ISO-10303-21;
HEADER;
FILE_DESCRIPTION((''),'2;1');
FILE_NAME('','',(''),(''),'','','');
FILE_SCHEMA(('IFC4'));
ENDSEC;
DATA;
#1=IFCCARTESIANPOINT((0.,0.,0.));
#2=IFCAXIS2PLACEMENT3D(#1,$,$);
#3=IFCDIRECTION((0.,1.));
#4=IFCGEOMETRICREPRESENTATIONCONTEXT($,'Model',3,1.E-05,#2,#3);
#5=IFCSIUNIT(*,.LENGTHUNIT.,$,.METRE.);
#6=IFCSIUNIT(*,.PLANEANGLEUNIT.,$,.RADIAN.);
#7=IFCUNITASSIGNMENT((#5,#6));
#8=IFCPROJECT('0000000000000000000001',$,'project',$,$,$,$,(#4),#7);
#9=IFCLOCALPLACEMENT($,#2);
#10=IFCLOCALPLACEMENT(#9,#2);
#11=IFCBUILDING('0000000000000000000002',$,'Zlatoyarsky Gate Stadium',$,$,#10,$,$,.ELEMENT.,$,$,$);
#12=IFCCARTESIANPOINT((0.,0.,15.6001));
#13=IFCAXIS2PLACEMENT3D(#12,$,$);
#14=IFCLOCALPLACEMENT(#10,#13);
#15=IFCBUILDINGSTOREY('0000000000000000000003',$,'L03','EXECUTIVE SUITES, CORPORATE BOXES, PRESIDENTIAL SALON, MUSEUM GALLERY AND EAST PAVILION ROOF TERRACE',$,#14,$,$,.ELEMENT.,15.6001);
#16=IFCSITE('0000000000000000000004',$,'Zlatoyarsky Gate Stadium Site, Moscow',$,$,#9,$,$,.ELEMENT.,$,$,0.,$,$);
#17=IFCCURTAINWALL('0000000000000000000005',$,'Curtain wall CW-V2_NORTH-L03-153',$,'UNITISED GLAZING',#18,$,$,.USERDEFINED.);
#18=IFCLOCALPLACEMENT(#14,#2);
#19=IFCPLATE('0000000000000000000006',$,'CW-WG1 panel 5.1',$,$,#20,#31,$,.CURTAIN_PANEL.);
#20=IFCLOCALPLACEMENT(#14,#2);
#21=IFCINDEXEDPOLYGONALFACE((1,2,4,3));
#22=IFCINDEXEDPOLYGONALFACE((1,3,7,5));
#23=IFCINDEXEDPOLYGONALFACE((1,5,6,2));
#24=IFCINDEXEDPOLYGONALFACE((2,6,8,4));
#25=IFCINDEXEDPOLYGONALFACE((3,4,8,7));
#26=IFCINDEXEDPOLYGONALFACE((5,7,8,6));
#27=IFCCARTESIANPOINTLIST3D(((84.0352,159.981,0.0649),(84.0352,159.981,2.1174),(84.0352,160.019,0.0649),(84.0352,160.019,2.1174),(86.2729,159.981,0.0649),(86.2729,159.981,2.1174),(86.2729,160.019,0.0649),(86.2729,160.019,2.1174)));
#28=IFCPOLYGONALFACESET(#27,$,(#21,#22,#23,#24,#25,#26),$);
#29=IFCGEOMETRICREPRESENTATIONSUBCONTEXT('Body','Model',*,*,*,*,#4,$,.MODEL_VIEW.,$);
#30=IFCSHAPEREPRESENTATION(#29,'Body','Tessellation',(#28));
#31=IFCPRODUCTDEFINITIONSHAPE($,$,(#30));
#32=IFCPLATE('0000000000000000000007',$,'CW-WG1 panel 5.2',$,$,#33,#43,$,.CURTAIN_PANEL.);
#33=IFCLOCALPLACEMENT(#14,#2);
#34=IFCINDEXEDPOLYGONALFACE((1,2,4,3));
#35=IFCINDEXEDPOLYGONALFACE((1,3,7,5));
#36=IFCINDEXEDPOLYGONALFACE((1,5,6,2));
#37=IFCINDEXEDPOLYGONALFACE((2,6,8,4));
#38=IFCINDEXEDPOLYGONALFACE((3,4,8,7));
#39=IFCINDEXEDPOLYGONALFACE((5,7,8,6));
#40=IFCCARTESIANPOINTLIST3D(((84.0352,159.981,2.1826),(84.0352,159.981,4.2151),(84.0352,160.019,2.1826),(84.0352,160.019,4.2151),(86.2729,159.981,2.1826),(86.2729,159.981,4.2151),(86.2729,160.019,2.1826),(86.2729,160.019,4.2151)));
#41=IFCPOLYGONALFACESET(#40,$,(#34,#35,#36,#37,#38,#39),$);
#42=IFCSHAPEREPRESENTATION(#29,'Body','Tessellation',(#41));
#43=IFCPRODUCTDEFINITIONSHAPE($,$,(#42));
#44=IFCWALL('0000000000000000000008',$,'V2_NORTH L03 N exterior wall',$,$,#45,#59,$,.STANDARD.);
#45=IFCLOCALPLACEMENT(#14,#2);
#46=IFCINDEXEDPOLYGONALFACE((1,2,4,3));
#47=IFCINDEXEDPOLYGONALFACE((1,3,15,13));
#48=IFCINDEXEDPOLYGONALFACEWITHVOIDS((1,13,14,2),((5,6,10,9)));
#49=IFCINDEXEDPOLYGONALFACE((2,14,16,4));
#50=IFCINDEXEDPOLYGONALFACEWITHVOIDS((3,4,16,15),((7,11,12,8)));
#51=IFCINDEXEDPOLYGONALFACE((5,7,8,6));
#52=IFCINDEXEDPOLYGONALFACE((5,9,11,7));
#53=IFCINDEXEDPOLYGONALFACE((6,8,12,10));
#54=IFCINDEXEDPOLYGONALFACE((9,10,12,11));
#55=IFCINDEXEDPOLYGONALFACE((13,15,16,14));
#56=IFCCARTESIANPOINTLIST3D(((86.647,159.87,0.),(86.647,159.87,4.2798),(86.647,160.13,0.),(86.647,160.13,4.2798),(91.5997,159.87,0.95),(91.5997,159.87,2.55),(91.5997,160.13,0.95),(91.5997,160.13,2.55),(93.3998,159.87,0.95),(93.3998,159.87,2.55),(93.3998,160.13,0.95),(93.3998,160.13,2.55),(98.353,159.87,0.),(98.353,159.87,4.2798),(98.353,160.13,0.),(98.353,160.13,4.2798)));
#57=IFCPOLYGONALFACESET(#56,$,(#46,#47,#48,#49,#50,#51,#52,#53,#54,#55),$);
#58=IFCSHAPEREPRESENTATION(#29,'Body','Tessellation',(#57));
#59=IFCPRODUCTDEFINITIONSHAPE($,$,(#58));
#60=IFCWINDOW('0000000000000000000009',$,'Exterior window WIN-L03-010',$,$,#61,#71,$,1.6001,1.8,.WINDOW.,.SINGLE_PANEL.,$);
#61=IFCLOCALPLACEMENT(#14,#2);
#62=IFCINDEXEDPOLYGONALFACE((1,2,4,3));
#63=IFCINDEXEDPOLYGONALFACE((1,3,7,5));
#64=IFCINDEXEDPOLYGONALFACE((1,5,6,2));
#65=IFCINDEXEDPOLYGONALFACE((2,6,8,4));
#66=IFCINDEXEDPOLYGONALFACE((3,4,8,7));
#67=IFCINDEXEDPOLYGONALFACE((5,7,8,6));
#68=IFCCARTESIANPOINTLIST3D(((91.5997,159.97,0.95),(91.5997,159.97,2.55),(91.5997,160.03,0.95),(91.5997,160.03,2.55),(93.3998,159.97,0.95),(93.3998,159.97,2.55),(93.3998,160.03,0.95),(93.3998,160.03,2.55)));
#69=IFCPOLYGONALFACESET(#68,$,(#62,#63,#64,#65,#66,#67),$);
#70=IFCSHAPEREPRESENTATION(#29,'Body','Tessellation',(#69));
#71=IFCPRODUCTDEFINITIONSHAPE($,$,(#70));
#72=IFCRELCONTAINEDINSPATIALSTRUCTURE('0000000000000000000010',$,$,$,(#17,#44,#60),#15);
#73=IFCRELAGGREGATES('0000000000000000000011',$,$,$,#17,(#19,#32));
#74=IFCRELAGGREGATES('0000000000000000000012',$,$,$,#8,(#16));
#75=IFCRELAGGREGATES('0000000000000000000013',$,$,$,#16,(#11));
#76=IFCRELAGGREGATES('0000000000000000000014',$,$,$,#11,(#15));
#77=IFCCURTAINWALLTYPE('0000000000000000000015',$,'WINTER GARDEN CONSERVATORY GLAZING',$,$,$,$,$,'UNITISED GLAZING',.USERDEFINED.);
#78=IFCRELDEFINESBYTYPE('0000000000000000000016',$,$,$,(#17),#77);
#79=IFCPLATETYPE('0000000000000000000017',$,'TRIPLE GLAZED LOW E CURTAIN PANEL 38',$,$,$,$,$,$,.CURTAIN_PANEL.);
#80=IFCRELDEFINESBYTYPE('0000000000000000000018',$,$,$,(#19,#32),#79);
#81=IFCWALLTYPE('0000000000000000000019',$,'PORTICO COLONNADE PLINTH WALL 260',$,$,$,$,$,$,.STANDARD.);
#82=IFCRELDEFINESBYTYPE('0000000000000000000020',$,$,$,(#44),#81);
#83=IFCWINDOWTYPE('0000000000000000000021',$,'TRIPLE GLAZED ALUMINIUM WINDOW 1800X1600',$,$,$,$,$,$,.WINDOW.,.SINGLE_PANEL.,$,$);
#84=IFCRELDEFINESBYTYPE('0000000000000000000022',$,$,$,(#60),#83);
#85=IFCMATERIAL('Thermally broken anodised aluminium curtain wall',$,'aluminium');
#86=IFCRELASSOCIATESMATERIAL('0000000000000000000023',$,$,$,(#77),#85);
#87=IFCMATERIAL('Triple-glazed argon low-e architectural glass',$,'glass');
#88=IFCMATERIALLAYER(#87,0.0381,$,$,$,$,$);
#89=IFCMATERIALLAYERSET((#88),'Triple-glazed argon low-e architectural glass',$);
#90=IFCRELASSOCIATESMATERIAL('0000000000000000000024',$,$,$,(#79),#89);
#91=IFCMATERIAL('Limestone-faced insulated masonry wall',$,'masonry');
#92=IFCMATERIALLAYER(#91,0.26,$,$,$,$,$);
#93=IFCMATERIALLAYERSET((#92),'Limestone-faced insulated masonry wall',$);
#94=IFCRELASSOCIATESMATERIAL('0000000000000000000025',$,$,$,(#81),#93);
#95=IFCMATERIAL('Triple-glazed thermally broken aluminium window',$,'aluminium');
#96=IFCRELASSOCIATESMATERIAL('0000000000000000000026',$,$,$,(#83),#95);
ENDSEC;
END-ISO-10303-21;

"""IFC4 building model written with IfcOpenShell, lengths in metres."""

from ifc_helpers import new_model, si_unit, direction, frame, frame_2d, origin, origin_2d, place, context, subcontext, project, spatial, rectangle, extrude, material, layer, layer_set, type_object, element, fill, aggregate, save


model = new_model("IFC4")

# Units and contexts
model_context = context("Model", 3, precision=1e-05, world=origin(), true_north=direction((0.0, 1.0)))
body_context = subcontext(model_context, "Body", "Model", "MODEL_VIEW")
ifc_project = project(units=[si_unit("LENGTHUNIT", "METRE"), si_unit("PLANEANGLEUNIT", "RADIAN")], contexts=[model_context])

# Site, building, storey
site_placement = place(None, origin())
site = spatial("IfcSite", under=ifc_project, at=site_placement, Name="Zlatoyarsky Gate Stadium Site, Moscow", CompositionType="ELEMENT", RefElevation=0.0)
building_placement = place(site_placement, origin())
building = spatial("IfcBuilding", under=site, at=building_placement, Name="Zlatoyarsky Gate Stadium", CompositionType="ELEMENT")
storey_placement = place(building_placement, frame((0.0, 0.0, 15.6001)))
storey = spatial("IfcBuildingStorey", under=building, at=storey_placement, Name="L03", Description="EXECUTIVE SUITES, CORPORATE BOXES, PRESIDENTIAL SALON, MUSEUM GALLERY AND EAST PAVILION ROOF TERRACE", CompositionType="ELEMENT", Elevation=15.6001)

# Curtain wall
ifc_material_1 = material(Name="Thermally broken anodised aluminium curtain wall", Category="aluminium")
curtain_wall_type_1 = type_object("IfcCurtainWallType", Name="WINTER GARDEN CONSERVATORY GLAZING", ElementType="UNITISED GLAZING", PredefinedType="USERDEFINED", material=ifc_material_1)
curtain_wall_1_placement = place(storey_placement, origin())
curtain_wall_1 = element("IfcCurtainWall", 1, at=curtain_wall_1_placement, inside=storey, type_object=curtain_wall_type_1, Name="Curtain wall CW-V2_NORTH-L03-153", ObjectType="UNITISED GLAZING", PredefinedType="USERDEFINED")

# Plates
ifc_material_2 = material(Name="Triple-glazed argon low-e architectural glass", Category="glass")
ifc_layer_1 = layer(ifc_material_2, 0.0381)
ifc_layer_set_1 = layer_set([ifc_layer_1], Name="Triple-glazed argon low-e architectural glass")
plate_type_1 = type_object("IfcPlateType", Name="TRIPLE GLAZED LOW E CURTAIN PANEL 38", PredefinedType="CURTAIN_PANEL", material=ifc_layer_set_1)
plate_1_placement = place(storey_placement, frame((85.1541, 160.0, 0.0649), z_axis=(0.0, 0.0, 1.0), x_axis=(1.0, 0.0, 0.0)))
plate_1 = element("IfcPlate", 2, at=plate_1_placement, type_object=plate_type_1, Name="CW-WG1 panel 5.1", PredefinedType="CURTAIN_PANEL", context=body_context, shape_type="SweptSolid", body=[
    extrude(rectangle(XDim=2.2378, YDim=0.0381, at=origin_2d()), origin(), (0.0, 0.0, 1.0), 2.0525),
])
plate_2_placement = place(storey_placement, frame((85.1541, 160.0, 2.1826), z_axis=(0.0, 0.0, 1.0), x_axis=(1.0, 0.0, 0.0)))
plate_2 = element("IfcPlate", 3, at=plate_2_placement, type_object=plate_type_1, Name="CW-WG1 panel 5.2", PredefinedType="CURTAIN_PANEL", context=body_context, shape_type="SweptSolid", body=[
    extrude(rectangle(XDim=2.2378, YDim=0.0381, at=origin_2d()), origin(), (0.0, 0.0, 1.0), 2.0325),
])
aggregate(curtain_wall_1, [plate_1, plate_2])

# Wall, opening, window
ifc_material_3 = material(Name="Limestone-faced insulated masonry wall", Category="masonry")
ifc_layer_2 = layer(ifc_material_3, 0.26)
ifc_layer_set_2 = layer_set([ifc_layer_2], Name="Limestone-faced insulated masonry wall")
wall_type = type_object("IfcWallType", Name="PORTICO COLONNADE PLINTH WALL 260", PredefinedType="STANDARD", material=ifc_layer_set_2)
wall_placement = place(storey_placement, frame((86.647, 160.0, 0.0), z_axis=(0.0, 0.0, 1.0), x_axis=(1.0, 0.0, 0.0)))
wall = element("IfcWall", 4, at=wall_placement, inside=storey, type_object=wall_type, Name="V2_NORTH L03 N exterior wall", PredefinedType="STANDARD", context=body_context, shape_type="SweptSolid", body=[
    extrude(rectangle(XDim=11.7061, YDim=0.26, at=frame_2d((5.853, 0.0))), origin(), (0.0, 0.0, 1.0), 4.2798),
])
opening_placement = place(wall_placement, frame((4.9529, 0.0, 0.95)))
opening = element("IfcOpeningElement", 5, at=opening_placement, cuts=wall, PredefinedType="OPENING", context=body_context, shape_type="SweptSolid", body=[
    extrude(rectangle(XDim=1.8, YDim=1.6001, at=frame_2d((0.8999, 0.8))), frame((0.0, 0.1399, 0.0), z_axis=(0.0, -1.0, 0.0), x_axis=(1.0, 0.0, 0.0)), (0.0, 0.0, 1.0), 0.28),
])
ifc_material_4 = material(Name="Triple-glazed thermally broken aluminium window", Category="aluminium")
window_type = type_object("IfcWindowType", Name="TRIPLE GLAZED ALUMINIUM WINDOW 1800X1600", PartitioningType="SINGLE_PANEL", PredefinedType="WINDOW", material=ifc_material_4)
window_placement = place(opening_placement, origin())
window = element("IfcWindow", 6, at=window_placement, inside=storey, type_object=window_type, Name="Exterior window WIN-L03-010", OverallHeight=1.6001, OverallWidth=1.8, PartitioningType="SINGLE_PANEL", PredefinedType="WINDOW", context=body_context, shape_type="SweptSolid", body=[
    extrude(rectangle(XDim=1.8, YDim=1.6001, at=frame_2d((0.8999, 0.8))), frame((0.0, 0.03, 0.0), z_axis=(0.0, -1.0, 0.0), x_axis=(1.0, 0.0, 0.0)), (0.0, 0.0, 1.0), 0.0601),
])
fill(opening, window)

save(model, "model.ifc")
